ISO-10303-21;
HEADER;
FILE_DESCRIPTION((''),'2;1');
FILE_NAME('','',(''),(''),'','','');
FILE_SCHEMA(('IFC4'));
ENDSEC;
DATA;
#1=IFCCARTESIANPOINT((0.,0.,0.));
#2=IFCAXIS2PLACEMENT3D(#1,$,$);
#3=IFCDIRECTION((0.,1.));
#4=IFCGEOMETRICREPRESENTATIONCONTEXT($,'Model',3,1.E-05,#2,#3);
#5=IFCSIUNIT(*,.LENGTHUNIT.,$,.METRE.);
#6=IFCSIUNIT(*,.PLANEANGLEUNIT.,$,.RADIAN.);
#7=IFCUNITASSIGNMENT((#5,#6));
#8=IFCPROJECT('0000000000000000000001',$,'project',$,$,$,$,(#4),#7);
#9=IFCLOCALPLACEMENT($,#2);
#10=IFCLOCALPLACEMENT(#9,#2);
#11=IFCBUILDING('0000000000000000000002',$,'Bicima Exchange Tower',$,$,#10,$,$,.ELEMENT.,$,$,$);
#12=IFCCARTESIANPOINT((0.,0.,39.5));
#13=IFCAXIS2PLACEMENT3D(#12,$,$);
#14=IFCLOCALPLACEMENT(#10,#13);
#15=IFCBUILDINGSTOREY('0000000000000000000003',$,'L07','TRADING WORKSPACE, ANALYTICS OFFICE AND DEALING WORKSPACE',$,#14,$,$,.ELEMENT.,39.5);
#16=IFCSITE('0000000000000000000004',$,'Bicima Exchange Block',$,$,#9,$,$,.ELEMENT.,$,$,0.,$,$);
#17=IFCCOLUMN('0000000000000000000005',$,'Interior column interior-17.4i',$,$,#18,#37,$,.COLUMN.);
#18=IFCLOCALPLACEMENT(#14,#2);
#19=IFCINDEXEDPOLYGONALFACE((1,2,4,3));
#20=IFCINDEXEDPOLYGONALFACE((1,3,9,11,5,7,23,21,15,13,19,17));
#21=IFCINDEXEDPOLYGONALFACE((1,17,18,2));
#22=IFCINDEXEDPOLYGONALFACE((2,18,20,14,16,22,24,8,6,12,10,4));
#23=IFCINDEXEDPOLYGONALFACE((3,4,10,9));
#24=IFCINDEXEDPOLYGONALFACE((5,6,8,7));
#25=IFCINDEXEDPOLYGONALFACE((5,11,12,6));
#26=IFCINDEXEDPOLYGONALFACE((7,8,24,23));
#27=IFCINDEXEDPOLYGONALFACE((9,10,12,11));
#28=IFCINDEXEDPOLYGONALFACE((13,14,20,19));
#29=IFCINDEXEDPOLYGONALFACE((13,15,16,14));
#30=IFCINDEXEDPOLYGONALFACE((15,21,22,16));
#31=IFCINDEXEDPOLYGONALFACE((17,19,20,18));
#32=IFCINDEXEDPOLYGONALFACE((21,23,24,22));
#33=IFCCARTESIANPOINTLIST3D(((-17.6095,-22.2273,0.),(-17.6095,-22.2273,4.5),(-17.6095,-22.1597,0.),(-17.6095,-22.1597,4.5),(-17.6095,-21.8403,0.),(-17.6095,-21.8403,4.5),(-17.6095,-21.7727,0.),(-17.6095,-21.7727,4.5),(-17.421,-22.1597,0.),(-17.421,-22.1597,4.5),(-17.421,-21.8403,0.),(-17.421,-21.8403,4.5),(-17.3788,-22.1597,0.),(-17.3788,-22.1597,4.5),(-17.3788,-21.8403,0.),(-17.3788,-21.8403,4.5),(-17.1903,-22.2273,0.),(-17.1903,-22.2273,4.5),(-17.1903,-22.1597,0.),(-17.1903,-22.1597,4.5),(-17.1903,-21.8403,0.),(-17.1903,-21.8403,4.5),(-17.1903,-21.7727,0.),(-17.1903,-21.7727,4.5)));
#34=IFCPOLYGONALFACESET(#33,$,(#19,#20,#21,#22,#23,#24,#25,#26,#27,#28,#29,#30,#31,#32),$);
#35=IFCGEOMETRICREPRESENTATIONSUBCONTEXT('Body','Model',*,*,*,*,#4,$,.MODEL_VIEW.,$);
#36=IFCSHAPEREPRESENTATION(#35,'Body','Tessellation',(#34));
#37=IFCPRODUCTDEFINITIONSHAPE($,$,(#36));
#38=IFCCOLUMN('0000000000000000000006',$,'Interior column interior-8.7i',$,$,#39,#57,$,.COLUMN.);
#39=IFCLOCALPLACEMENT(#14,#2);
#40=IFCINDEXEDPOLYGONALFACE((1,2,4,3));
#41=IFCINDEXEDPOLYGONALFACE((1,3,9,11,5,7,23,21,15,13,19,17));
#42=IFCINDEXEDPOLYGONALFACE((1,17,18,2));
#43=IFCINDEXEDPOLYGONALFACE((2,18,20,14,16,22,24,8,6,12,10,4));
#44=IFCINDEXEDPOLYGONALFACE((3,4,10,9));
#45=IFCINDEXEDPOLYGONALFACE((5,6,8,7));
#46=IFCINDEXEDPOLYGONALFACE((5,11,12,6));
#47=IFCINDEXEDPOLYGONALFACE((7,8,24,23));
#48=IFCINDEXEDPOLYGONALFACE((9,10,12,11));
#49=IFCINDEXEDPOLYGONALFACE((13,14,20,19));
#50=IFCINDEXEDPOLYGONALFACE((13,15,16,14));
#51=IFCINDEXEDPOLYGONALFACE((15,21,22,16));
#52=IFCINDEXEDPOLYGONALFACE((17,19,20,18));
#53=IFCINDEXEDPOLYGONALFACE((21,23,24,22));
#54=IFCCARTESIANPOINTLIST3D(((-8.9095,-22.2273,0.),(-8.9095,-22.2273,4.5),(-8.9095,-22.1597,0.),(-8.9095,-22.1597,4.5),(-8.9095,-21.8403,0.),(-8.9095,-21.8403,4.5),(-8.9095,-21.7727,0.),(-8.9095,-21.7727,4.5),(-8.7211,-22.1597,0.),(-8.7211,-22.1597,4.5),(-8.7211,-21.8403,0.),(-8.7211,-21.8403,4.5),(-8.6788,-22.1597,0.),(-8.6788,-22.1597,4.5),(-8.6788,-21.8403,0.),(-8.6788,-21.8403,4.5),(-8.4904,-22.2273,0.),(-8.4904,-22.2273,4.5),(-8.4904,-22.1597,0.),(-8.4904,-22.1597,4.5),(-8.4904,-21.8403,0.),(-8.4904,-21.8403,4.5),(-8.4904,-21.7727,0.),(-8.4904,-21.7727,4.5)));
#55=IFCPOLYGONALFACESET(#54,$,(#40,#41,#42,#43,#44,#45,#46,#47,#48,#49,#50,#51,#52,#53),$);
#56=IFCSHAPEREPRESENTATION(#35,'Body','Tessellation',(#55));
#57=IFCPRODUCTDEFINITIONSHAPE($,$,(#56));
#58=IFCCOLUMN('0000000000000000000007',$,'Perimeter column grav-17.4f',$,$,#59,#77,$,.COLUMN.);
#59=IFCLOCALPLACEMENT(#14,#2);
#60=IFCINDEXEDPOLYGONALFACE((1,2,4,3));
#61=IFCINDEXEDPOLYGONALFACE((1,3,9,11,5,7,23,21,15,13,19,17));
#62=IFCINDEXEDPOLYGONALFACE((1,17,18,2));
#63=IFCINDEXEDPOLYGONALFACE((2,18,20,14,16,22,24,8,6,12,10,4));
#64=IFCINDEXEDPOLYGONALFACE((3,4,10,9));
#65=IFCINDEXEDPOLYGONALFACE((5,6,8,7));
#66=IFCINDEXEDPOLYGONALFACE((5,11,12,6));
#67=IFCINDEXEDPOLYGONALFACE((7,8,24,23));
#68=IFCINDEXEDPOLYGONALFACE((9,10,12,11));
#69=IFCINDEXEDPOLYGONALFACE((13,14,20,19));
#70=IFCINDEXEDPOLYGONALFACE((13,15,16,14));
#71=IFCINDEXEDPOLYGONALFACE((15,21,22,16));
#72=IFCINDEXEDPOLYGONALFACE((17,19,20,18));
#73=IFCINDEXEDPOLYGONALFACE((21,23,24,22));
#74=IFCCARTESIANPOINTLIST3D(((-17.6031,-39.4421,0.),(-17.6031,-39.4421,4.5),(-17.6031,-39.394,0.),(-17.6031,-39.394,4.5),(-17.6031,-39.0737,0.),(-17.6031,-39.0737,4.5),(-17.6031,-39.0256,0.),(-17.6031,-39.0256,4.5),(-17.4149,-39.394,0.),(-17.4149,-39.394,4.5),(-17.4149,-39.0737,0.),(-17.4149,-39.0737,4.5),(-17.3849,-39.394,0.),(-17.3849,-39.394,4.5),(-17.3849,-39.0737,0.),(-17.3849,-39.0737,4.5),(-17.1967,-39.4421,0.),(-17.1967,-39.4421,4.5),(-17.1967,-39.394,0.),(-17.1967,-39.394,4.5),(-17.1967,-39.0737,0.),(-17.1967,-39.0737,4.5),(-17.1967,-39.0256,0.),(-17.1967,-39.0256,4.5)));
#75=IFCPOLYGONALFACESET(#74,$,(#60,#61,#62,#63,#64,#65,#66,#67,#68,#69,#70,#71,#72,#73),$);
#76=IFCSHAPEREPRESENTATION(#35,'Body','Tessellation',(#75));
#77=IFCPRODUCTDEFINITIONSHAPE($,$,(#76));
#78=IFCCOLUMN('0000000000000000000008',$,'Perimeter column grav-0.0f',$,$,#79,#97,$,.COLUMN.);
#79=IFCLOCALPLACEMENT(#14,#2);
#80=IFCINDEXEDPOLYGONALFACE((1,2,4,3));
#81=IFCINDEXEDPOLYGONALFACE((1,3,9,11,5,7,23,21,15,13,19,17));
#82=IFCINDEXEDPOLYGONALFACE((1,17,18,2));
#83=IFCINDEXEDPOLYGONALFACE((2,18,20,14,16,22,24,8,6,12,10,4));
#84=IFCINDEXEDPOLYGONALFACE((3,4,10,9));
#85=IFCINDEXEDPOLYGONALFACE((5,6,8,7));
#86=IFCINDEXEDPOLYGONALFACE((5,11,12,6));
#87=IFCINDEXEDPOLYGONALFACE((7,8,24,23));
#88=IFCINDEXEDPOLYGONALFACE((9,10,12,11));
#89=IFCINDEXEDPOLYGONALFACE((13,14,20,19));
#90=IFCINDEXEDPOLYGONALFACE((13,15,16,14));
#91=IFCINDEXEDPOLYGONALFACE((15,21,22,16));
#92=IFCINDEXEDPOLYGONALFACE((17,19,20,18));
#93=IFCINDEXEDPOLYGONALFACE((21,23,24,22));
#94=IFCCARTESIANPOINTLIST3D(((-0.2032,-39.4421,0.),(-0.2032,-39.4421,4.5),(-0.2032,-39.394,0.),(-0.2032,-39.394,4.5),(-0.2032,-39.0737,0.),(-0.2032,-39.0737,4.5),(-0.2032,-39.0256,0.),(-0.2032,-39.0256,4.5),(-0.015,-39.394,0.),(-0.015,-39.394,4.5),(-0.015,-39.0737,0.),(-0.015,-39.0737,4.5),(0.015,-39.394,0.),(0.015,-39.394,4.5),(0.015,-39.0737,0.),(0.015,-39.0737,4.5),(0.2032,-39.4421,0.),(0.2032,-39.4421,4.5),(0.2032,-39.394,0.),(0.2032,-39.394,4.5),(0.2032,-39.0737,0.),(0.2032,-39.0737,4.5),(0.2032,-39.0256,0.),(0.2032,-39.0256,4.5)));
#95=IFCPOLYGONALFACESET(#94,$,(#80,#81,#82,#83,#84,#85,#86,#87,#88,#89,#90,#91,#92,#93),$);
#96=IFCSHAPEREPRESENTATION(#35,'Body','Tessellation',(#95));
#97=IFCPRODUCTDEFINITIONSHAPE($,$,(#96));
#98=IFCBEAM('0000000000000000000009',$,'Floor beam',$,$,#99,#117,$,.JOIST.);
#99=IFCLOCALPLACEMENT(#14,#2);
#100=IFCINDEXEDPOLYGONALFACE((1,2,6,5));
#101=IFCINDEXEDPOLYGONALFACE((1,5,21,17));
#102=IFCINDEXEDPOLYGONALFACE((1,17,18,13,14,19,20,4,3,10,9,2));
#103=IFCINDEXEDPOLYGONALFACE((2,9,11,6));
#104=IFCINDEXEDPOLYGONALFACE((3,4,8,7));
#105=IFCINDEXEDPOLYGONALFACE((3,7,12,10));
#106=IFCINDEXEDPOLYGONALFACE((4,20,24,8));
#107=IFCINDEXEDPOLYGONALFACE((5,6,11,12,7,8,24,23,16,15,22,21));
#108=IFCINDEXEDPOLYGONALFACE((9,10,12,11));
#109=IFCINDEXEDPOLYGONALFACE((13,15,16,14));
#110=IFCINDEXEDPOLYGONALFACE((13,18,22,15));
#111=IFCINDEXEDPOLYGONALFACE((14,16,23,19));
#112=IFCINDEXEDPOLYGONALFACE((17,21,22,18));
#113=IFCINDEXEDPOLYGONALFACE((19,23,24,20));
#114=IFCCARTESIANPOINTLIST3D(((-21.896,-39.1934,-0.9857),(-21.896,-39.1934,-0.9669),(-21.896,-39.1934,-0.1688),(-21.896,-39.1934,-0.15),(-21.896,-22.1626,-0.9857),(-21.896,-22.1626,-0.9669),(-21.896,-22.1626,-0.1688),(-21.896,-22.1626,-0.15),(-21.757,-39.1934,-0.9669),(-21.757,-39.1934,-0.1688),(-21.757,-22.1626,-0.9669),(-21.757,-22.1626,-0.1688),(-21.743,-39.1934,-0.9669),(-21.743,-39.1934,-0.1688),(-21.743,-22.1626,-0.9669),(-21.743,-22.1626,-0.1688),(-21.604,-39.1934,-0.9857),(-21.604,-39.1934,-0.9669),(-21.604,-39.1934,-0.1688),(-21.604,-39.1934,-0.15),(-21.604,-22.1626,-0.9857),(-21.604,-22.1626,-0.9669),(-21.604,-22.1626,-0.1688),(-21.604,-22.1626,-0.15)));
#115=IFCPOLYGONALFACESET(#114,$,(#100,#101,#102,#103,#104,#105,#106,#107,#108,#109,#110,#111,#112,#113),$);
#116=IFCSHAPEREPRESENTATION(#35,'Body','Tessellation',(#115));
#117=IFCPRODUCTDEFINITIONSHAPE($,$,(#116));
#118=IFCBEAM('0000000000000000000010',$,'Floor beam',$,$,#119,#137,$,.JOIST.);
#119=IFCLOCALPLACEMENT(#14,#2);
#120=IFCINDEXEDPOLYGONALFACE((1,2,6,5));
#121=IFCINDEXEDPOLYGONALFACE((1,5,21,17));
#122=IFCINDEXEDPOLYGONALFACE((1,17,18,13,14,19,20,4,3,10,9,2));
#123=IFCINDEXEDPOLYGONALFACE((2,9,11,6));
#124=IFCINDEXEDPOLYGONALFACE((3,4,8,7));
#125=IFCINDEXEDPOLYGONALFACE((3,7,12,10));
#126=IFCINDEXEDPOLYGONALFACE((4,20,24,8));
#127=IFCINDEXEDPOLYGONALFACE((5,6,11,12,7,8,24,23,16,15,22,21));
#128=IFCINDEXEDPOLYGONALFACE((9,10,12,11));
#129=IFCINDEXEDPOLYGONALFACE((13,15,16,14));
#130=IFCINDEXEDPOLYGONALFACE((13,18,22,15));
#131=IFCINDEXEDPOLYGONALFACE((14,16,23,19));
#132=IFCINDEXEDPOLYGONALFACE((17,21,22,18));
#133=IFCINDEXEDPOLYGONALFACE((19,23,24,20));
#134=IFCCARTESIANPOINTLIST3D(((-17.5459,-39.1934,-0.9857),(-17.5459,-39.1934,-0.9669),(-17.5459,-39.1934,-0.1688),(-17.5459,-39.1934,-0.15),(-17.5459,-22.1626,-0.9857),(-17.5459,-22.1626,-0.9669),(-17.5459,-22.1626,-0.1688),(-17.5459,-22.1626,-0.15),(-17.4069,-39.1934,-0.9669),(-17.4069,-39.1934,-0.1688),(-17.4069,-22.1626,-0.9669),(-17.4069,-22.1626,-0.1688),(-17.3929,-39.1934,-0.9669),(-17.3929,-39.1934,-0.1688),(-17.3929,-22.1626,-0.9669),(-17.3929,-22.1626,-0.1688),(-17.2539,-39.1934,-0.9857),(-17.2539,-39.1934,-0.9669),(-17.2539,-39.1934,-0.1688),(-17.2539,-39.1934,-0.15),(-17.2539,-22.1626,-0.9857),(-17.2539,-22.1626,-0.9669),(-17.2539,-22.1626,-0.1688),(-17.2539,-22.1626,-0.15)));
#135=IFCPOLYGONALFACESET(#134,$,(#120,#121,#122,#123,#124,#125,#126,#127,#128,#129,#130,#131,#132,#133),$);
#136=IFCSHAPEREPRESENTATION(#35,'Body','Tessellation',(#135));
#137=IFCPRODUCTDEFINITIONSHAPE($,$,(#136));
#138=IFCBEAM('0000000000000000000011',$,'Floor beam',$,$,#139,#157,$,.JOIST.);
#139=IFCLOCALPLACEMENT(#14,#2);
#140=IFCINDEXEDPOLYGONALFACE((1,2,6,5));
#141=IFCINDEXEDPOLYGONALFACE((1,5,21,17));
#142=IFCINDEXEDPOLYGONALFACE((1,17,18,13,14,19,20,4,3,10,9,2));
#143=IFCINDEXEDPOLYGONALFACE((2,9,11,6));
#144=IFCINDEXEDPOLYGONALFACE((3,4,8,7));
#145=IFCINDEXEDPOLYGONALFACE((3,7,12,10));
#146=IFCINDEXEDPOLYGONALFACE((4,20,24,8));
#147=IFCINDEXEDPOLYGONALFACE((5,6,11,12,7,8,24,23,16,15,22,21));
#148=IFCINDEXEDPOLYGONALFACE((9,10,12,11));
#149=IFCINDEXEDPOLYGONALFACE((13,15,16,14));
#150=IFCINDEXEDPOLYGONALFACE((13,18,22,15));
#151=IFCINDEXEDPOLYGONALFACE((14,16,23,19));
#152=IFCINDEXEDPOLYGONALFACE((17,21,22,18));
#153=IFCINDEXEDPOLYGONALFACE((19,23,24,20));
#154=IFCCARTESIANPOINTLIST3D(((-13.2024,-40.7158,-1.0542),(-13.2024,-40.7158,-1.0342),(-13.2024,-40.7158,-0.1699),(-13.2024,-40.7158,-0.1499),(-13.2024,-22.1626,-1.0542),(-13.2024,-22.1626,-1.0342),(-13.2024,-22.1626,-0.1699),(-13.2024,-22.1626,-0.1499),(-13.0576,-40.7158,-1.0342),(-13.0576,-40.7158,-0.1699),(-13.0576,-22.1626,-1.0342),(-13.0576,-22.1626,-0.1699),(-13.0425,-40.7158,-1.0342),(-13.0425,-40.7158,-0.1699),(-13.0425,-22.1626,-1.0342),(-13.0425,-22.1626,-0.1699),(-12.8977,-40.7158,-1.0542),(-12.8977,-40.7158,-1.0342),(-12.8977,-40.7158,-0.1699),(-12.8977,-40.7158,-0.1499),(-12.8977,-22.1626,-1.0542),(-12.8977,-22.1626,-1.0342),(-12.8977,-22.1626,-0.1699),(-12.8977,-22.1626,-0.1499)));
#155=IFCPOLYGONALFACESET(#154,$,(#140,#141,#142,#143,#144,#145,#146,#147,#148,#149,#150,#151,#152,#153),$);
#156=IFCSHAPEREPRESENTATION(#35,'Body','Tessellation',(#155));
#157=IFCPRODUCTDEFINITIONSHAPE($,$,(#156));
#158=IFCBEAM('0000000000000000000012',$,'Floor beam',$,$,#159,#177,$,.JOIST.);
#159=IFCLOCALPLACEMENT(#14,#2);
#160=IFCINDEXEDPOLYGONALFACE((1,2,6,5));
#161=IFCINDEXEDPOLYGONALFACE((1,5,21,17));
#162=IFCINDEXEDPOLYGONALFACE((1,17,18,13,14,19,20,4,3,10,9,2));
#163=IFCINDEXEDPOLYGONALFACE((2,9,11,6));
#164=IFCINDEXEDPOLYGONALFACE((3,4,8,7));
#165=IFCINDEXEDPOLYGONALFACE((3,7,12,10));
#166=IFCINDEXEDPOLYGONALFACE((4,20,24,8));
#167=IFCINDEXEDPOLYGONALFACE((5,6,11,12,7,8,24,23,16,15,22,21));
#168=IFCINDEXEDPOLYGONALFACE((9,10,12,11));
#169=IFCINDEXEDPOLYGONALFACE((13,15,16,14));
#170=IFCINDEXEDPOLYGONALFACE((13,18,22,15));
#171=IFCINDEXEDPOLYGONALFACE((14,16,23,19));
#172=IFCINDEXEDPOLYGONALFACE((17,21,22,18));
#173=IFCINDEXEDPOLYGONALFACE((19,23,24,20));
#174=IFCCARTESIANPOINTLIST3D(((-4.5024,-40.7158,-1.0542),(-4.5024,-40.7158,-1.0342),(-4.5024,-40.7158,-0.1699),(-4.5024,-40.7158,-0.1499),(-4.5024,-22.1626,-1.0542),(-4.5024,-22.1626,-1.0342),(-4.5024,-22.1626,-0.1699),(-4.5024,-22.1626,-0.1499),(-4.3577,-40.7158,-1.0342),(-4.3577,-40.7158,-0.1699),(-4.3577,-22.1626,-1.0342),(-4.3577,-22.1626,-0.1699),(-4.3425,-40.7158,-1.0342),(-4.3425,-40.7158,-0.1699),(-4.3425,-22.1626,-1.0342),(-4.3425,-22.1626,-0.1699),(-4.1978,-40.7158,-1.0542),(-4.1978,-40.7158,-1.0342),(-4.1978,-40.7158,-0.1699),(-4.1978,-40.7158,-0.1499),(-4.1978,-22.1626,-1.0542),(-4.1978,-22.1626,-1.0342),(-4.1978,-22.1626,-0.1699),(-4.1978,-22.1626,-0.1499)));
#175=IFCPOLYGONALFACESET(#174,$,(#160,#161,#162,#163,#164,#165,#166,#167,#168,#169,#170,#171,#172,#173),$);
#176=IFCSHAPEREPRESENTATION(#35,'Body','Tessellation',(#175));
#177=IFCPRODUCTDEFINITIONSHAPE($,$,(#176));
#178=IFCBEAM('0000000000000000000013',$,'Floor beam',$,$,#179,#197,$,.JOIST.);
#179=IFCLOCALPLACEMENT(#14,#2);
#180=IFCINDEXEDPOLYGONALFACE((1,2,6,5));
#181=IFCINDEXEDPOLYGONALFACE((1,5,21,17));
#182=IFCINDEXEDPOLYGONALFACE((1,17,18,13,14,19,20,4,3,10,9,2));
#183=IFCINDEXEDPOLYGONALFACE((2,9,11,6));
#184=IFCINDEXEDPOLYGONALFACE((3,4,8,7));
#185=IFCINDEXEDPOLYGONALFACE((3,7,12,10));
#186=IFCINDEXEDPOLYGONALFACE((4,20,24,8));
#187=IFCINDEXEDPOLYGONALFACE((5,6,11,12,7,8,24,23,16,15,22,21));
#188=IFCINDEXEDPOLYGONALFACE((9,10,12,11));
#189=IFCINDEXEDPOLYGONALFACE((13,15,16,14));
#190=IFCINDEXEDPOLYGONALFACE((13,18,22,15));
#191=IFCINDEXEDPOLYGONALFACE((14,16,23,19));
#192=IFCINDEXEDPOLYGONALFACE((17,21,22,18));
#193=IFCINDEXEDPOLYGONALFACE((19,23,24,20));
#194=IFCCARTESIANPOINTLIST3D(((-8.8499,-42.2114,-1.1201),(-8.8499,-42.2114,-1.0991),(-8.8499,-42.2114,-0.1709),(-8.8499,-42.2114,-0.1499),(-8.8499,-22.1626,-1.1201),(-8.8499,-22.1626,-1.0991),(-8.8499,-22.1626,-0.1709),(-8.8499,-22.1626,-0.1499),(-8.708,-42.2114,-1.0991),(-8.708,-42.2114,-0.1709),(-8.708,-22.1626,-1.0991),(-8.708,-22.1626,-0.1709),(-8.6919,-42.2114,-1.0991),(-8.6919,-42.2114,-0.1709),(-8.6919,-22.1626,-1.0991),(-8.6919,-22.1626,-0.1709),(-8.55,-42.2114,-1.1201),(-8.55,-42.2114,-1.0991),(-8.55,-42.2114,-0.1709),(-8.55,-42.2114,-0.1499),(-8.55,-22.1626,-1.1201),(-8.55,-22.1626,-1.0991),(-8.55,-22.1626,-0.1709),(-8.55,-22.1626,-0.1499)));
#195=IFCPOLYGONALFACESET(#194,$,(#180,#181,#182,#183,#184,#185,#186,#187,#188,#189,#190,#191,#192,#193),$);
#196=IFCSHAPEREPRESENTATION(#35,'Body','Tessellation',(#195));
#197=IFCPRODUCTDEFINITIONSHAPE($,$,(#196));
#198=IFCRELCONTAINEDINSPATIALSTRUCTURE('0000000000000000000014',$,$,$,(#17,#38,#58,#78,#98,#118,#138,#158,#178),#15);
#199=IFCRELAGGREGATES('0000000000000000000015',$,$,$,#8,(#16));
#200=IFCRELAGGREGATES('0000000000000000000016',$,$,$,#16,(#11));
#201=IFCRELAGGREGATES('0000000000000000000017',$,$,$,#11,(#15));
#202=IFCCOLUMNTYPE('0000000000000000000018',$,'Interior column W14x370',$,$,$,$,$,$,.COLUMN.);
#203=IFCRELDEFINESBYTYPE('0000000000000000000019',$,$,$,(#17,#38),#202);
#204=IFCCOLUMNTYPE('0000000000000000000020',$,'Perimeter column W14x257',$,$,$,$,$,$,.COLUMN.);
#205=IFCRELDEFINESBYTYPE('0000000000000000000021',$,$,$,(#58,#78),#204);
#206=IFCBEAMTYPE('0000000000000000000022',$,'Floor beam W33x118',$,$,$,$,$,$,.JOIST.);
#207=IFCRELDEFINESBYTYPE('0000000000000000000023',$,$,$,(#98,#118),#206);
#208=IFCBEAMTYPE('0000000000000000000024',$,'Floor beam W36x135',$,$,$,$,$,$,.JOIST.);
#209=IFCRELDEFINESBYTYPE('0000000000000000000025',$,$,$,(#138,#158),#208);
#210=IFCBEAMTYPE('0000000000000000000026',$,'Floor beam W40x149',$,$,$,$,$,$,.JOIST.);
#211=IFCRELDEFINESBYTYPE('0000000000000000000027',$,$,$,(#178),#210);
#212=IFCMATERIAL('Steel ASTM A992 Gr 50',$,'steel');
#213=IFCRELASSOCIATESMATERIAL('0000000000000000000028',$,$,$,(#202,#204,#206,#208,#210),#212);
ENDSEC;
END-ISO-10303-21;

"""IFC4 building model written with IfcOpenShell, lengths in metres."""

from ifc_helpers import new_model, si_unit, direction, frame, origin, origin_2d, place, context, subcontext, project, spatial, i_section, extrude, material, material_profile, profile_set, type_object, element, save


model = new_model("IFC4")

# Units and contexts
model_context = context("Model", 3, precision=1e-05, world=origin(), true_north=direction((0.0, 1.0)))
body_context = subcontext(model_context, "Body", "Model", "MODEL_VIEW")
ifc_project = project(units=[si_unit("LENGTHUNIT", "METRE"), si_unit("PLANEANGLEUNIT", "RADIAN")], contexts=[model_context])

# Site, building, storey
site_placement = place(None, origin())
site = spatial("IfcSite", under=ifc_project, at=site_placement, Name="Bicima Exchange Block", CompositionType="ELEMENT", RefElevation=0.0)
building_placement = place(site_placement, origin())
building = spatial("IfcBuilding", under=site, at=building_placement, Name="Bicima Exchange Tower", CompositionType="ELEMENT")
storey_placement = place(building_placement, frame((0.0, 0.0, 39.5)))
storey = spatial("IfcBuildingStorey", under=building, at=storey_placement, Name="L07", Description="TRADING WORKSPACE, ANALYTICS OFFICE AND DEALING WORKSPACE", CompositionType="ELEMENT", Elevation=39.5)

# Columns
ifc_material_1 = material(Name="Steel ASTM A992 Gr 50", Category="steel")
ifc_material_profile_1 = material_profile(ifc_material_1, i_section(OverallWidth=0.4192, OverallDepth=0.4546, WebThickness=0.0422, FlangeThickness=0.0676, at=origin_2d()))
ifc_profile_set_1 = profile_set([ifc_material_profile_1], Name="Steel ASTM A992 Gr 50")
column_type_1 = type_object("IfcColumnType", Name="Interior column W14x370", PredefinedType="COLUMN", material=ifc_profile_set_1)
for number, where, z_axis, x_axis, name in (
    (1, (-17.3999, -22.0, 0.0), (0.0, 0.0, 1.0), (1.0, 0.0, 0.0), "Interior column interior-17.4i"),
    (2, (-8.7, -22.0, 0.0), (0.0, 0.0, 1.0), (1.0, 0.0, 0.0), "Interior column interior-8.7i"),
):
    element("IfcColumn", number, at=place(storey_placement, frame(where, z_axis=z_axis, x_axis=x_axis)), inside=storey, type_object=column_type_1, Name=name, PredefinedType="COLUMN", context=body_context, shape_type="SweptSolid", body=[
        extrude(i_section(OverallWidth=0.4192, OverallDepth=0.4546, WebThickness=0.0422, FlangeThickness=0.0676, at=origin_2d()), origin(), (0.0, 0.0, 1.0), 4.5),
    ])
ifc_material_profile_2 = material_profile(ifc_material_1, i_section(OverallWidth=0.4065, OverallDepth=0.4165, WebThickness=0.03, FlangeThickness=0.0481, at=origin_2d()))
ifc_profile_set_2 = profile_set([ifc_material_profile_2], Name="Steel ASTM A992 Gr 50")
column_type_2 = type_object("IfcColumnType", Name="Perimeter column W14x257", PredefinedType="COLUMN", material=ifc_profile_set_2)
for number, where, z_axis, x_axis, name in (
    (3, (-17.3999, -39.2339, 0.0), (0.0, 0.0, 1.0), (1.0, 0.0, 0.0), "Perimeter column grav-17.4f"),
    (4, (0.0, -39.2339, 0.0), (0.0, 0.0, 1.0), (1.0, 0.0, 0.0), "Perimeter column grav-0.0f"),
):
    element("IfcColumn", number, at=place(storey_placement, frame(where, z_axis=z_axis, x_axis=x_axis)), inside=storey, type_object=column_type_2, Name=name, PredefinedType="COLUMN", context=body_context, shape_type="SweptSolid", body=[
        extrude(i_section(OverallWidth=0.4065, OverallDepth=0.4165, WebThickness=0.03, FlangeThickness=0.0481, at=origin_2d()), origin(), (0.0, 0.0, 1.0), 4.5),
    ])

# Beams
ifc_material_profile_3 = material_profile(ifc_material_1, i_section(OverallWidth=0.292, OverallDepth=0.8357, WebThickness=0.0139, FlangeThickness=0.0188, at=origin_2d()))
ifc_profile_set_3 = profile_set([ifc_material_profile_3], Name="Steel ASTM A992 Gr 50")
beam_type_1 = type_object("IfcBeamType", Name="Floor beam W33x118", PredefinedType="JOIST", material=ifc_profile_set_3)
for number, where, z_axis, x_axis, name in (
    (5, (-21.75, -22.1626, -0.5679), (0.0, -1.0, 0.0), (1.0, 0.0, 0.0), "Floor beam"),
    (6, (-17.3999, -22.1626, -0.5679), (0.0, -1.0, 0.0), (1.0, 0.0, 0.0), "Floor beam"),
):
    element("IfcBeam", number, at=place(storey_placement, frame(where, z_axis=z_axis, x_axis=x_axis)), inside=storey, type_object=beam_type_1, Name=name, PredefinedType="JOIST", context=body_context, shape_type="SweptSolid", body=[
        extrude(i_section(OverallWidth=0.292, OverallDepth=0.8357, WebThickness=0.0139, FlangeThickness=0.0188, at=origin_2d()), origin(), (0.0, 0.0, 1.0), 17.0308),
    ])
ifc_material_profile_4 = material_profile(ifc_material_1, i_section(OverallWidth=0.3047, OverallDepth=0.9043, WebThickness=0.0151, FlangeThickness=0.02, at=origin_2d()))
ifc_profile_set_4 = profile_set([ifc_material_profile_4], Name="Steel ASTM A992 Gr 50")
beam_type_2 = type_object("IfcBeamType", Name="Floor beam W36x135", PredefinedType="JOIST", material=ifc_profile_set_4)
for number, where, z_axis, x_axis, name in (
    (7, (-13.05, -22.1626, -0.6021), (0.0, -1.0, 0.0), (1.0, 0.0, 0.0), "Floor beam"),
    (8, (-4.3501, -22.1626, -0.6021), (0.0, -1.0, 0.0), (1.0, 0.0, 0.0), "Floor beam"),
):
    element("IfcBeam", number, at=place(storey_placement, frame(where, z_axis=z_axis, x_axis=x_axis)), inside=storey, type_object=beam_type_2, Name=name, PredefinedType="JOIST", context=body_context, shape_type="SweptSolid", body=[
        extrude(i_section(OverallWidth=0.3047, OverallDepth=0.9043, WebThickness=0.0151, FlangeThickness=0.02, at=origin_2d()), origin(), (0.0, 0.0, 1.0), 18.5532),
    ])
ifc_material_profile_5 = material_profile(ifc_material_1, i_section(OverallWidth=0.2998, OverallDepth=0.9702, WebThickness=0.0161, FlangeThickness=0.021, at=origin_2d()))
ifc_profile_set_5 = profile_set([ifc_material_profile_5], Name="Steel ASTM A992 Gr 50")
beam_type_3 = type_object("IfcBeamType", Name="Floor beam W40x149", PredefinedType="JOIST", material=ifc_profile_set_5)
beam_1_placement = place(storey_placement, frame((-8.7, -22.1626, -0.635), z_axis=(0.0, -1.0, 0.0), x_axis=(1.0, 0.0, 0.0)))
element("IfcBeam", 9, at=beam_1_placement, inside=storey, type_object=beam_type_3, Name="Floor beam", PredefinedType="JOIST", context=body_context, shape_type="SweptSolid", body=[
    extrude(i_section(OverallWidth=0.2998, OverallDepth=0.9702, WebThickness=0.0161, FlangeThickness=0.021, at=origin_2d()), origin(), (0.0, 0.0, 1.0), 20.0488),
])

save(model, "model.ifc")
